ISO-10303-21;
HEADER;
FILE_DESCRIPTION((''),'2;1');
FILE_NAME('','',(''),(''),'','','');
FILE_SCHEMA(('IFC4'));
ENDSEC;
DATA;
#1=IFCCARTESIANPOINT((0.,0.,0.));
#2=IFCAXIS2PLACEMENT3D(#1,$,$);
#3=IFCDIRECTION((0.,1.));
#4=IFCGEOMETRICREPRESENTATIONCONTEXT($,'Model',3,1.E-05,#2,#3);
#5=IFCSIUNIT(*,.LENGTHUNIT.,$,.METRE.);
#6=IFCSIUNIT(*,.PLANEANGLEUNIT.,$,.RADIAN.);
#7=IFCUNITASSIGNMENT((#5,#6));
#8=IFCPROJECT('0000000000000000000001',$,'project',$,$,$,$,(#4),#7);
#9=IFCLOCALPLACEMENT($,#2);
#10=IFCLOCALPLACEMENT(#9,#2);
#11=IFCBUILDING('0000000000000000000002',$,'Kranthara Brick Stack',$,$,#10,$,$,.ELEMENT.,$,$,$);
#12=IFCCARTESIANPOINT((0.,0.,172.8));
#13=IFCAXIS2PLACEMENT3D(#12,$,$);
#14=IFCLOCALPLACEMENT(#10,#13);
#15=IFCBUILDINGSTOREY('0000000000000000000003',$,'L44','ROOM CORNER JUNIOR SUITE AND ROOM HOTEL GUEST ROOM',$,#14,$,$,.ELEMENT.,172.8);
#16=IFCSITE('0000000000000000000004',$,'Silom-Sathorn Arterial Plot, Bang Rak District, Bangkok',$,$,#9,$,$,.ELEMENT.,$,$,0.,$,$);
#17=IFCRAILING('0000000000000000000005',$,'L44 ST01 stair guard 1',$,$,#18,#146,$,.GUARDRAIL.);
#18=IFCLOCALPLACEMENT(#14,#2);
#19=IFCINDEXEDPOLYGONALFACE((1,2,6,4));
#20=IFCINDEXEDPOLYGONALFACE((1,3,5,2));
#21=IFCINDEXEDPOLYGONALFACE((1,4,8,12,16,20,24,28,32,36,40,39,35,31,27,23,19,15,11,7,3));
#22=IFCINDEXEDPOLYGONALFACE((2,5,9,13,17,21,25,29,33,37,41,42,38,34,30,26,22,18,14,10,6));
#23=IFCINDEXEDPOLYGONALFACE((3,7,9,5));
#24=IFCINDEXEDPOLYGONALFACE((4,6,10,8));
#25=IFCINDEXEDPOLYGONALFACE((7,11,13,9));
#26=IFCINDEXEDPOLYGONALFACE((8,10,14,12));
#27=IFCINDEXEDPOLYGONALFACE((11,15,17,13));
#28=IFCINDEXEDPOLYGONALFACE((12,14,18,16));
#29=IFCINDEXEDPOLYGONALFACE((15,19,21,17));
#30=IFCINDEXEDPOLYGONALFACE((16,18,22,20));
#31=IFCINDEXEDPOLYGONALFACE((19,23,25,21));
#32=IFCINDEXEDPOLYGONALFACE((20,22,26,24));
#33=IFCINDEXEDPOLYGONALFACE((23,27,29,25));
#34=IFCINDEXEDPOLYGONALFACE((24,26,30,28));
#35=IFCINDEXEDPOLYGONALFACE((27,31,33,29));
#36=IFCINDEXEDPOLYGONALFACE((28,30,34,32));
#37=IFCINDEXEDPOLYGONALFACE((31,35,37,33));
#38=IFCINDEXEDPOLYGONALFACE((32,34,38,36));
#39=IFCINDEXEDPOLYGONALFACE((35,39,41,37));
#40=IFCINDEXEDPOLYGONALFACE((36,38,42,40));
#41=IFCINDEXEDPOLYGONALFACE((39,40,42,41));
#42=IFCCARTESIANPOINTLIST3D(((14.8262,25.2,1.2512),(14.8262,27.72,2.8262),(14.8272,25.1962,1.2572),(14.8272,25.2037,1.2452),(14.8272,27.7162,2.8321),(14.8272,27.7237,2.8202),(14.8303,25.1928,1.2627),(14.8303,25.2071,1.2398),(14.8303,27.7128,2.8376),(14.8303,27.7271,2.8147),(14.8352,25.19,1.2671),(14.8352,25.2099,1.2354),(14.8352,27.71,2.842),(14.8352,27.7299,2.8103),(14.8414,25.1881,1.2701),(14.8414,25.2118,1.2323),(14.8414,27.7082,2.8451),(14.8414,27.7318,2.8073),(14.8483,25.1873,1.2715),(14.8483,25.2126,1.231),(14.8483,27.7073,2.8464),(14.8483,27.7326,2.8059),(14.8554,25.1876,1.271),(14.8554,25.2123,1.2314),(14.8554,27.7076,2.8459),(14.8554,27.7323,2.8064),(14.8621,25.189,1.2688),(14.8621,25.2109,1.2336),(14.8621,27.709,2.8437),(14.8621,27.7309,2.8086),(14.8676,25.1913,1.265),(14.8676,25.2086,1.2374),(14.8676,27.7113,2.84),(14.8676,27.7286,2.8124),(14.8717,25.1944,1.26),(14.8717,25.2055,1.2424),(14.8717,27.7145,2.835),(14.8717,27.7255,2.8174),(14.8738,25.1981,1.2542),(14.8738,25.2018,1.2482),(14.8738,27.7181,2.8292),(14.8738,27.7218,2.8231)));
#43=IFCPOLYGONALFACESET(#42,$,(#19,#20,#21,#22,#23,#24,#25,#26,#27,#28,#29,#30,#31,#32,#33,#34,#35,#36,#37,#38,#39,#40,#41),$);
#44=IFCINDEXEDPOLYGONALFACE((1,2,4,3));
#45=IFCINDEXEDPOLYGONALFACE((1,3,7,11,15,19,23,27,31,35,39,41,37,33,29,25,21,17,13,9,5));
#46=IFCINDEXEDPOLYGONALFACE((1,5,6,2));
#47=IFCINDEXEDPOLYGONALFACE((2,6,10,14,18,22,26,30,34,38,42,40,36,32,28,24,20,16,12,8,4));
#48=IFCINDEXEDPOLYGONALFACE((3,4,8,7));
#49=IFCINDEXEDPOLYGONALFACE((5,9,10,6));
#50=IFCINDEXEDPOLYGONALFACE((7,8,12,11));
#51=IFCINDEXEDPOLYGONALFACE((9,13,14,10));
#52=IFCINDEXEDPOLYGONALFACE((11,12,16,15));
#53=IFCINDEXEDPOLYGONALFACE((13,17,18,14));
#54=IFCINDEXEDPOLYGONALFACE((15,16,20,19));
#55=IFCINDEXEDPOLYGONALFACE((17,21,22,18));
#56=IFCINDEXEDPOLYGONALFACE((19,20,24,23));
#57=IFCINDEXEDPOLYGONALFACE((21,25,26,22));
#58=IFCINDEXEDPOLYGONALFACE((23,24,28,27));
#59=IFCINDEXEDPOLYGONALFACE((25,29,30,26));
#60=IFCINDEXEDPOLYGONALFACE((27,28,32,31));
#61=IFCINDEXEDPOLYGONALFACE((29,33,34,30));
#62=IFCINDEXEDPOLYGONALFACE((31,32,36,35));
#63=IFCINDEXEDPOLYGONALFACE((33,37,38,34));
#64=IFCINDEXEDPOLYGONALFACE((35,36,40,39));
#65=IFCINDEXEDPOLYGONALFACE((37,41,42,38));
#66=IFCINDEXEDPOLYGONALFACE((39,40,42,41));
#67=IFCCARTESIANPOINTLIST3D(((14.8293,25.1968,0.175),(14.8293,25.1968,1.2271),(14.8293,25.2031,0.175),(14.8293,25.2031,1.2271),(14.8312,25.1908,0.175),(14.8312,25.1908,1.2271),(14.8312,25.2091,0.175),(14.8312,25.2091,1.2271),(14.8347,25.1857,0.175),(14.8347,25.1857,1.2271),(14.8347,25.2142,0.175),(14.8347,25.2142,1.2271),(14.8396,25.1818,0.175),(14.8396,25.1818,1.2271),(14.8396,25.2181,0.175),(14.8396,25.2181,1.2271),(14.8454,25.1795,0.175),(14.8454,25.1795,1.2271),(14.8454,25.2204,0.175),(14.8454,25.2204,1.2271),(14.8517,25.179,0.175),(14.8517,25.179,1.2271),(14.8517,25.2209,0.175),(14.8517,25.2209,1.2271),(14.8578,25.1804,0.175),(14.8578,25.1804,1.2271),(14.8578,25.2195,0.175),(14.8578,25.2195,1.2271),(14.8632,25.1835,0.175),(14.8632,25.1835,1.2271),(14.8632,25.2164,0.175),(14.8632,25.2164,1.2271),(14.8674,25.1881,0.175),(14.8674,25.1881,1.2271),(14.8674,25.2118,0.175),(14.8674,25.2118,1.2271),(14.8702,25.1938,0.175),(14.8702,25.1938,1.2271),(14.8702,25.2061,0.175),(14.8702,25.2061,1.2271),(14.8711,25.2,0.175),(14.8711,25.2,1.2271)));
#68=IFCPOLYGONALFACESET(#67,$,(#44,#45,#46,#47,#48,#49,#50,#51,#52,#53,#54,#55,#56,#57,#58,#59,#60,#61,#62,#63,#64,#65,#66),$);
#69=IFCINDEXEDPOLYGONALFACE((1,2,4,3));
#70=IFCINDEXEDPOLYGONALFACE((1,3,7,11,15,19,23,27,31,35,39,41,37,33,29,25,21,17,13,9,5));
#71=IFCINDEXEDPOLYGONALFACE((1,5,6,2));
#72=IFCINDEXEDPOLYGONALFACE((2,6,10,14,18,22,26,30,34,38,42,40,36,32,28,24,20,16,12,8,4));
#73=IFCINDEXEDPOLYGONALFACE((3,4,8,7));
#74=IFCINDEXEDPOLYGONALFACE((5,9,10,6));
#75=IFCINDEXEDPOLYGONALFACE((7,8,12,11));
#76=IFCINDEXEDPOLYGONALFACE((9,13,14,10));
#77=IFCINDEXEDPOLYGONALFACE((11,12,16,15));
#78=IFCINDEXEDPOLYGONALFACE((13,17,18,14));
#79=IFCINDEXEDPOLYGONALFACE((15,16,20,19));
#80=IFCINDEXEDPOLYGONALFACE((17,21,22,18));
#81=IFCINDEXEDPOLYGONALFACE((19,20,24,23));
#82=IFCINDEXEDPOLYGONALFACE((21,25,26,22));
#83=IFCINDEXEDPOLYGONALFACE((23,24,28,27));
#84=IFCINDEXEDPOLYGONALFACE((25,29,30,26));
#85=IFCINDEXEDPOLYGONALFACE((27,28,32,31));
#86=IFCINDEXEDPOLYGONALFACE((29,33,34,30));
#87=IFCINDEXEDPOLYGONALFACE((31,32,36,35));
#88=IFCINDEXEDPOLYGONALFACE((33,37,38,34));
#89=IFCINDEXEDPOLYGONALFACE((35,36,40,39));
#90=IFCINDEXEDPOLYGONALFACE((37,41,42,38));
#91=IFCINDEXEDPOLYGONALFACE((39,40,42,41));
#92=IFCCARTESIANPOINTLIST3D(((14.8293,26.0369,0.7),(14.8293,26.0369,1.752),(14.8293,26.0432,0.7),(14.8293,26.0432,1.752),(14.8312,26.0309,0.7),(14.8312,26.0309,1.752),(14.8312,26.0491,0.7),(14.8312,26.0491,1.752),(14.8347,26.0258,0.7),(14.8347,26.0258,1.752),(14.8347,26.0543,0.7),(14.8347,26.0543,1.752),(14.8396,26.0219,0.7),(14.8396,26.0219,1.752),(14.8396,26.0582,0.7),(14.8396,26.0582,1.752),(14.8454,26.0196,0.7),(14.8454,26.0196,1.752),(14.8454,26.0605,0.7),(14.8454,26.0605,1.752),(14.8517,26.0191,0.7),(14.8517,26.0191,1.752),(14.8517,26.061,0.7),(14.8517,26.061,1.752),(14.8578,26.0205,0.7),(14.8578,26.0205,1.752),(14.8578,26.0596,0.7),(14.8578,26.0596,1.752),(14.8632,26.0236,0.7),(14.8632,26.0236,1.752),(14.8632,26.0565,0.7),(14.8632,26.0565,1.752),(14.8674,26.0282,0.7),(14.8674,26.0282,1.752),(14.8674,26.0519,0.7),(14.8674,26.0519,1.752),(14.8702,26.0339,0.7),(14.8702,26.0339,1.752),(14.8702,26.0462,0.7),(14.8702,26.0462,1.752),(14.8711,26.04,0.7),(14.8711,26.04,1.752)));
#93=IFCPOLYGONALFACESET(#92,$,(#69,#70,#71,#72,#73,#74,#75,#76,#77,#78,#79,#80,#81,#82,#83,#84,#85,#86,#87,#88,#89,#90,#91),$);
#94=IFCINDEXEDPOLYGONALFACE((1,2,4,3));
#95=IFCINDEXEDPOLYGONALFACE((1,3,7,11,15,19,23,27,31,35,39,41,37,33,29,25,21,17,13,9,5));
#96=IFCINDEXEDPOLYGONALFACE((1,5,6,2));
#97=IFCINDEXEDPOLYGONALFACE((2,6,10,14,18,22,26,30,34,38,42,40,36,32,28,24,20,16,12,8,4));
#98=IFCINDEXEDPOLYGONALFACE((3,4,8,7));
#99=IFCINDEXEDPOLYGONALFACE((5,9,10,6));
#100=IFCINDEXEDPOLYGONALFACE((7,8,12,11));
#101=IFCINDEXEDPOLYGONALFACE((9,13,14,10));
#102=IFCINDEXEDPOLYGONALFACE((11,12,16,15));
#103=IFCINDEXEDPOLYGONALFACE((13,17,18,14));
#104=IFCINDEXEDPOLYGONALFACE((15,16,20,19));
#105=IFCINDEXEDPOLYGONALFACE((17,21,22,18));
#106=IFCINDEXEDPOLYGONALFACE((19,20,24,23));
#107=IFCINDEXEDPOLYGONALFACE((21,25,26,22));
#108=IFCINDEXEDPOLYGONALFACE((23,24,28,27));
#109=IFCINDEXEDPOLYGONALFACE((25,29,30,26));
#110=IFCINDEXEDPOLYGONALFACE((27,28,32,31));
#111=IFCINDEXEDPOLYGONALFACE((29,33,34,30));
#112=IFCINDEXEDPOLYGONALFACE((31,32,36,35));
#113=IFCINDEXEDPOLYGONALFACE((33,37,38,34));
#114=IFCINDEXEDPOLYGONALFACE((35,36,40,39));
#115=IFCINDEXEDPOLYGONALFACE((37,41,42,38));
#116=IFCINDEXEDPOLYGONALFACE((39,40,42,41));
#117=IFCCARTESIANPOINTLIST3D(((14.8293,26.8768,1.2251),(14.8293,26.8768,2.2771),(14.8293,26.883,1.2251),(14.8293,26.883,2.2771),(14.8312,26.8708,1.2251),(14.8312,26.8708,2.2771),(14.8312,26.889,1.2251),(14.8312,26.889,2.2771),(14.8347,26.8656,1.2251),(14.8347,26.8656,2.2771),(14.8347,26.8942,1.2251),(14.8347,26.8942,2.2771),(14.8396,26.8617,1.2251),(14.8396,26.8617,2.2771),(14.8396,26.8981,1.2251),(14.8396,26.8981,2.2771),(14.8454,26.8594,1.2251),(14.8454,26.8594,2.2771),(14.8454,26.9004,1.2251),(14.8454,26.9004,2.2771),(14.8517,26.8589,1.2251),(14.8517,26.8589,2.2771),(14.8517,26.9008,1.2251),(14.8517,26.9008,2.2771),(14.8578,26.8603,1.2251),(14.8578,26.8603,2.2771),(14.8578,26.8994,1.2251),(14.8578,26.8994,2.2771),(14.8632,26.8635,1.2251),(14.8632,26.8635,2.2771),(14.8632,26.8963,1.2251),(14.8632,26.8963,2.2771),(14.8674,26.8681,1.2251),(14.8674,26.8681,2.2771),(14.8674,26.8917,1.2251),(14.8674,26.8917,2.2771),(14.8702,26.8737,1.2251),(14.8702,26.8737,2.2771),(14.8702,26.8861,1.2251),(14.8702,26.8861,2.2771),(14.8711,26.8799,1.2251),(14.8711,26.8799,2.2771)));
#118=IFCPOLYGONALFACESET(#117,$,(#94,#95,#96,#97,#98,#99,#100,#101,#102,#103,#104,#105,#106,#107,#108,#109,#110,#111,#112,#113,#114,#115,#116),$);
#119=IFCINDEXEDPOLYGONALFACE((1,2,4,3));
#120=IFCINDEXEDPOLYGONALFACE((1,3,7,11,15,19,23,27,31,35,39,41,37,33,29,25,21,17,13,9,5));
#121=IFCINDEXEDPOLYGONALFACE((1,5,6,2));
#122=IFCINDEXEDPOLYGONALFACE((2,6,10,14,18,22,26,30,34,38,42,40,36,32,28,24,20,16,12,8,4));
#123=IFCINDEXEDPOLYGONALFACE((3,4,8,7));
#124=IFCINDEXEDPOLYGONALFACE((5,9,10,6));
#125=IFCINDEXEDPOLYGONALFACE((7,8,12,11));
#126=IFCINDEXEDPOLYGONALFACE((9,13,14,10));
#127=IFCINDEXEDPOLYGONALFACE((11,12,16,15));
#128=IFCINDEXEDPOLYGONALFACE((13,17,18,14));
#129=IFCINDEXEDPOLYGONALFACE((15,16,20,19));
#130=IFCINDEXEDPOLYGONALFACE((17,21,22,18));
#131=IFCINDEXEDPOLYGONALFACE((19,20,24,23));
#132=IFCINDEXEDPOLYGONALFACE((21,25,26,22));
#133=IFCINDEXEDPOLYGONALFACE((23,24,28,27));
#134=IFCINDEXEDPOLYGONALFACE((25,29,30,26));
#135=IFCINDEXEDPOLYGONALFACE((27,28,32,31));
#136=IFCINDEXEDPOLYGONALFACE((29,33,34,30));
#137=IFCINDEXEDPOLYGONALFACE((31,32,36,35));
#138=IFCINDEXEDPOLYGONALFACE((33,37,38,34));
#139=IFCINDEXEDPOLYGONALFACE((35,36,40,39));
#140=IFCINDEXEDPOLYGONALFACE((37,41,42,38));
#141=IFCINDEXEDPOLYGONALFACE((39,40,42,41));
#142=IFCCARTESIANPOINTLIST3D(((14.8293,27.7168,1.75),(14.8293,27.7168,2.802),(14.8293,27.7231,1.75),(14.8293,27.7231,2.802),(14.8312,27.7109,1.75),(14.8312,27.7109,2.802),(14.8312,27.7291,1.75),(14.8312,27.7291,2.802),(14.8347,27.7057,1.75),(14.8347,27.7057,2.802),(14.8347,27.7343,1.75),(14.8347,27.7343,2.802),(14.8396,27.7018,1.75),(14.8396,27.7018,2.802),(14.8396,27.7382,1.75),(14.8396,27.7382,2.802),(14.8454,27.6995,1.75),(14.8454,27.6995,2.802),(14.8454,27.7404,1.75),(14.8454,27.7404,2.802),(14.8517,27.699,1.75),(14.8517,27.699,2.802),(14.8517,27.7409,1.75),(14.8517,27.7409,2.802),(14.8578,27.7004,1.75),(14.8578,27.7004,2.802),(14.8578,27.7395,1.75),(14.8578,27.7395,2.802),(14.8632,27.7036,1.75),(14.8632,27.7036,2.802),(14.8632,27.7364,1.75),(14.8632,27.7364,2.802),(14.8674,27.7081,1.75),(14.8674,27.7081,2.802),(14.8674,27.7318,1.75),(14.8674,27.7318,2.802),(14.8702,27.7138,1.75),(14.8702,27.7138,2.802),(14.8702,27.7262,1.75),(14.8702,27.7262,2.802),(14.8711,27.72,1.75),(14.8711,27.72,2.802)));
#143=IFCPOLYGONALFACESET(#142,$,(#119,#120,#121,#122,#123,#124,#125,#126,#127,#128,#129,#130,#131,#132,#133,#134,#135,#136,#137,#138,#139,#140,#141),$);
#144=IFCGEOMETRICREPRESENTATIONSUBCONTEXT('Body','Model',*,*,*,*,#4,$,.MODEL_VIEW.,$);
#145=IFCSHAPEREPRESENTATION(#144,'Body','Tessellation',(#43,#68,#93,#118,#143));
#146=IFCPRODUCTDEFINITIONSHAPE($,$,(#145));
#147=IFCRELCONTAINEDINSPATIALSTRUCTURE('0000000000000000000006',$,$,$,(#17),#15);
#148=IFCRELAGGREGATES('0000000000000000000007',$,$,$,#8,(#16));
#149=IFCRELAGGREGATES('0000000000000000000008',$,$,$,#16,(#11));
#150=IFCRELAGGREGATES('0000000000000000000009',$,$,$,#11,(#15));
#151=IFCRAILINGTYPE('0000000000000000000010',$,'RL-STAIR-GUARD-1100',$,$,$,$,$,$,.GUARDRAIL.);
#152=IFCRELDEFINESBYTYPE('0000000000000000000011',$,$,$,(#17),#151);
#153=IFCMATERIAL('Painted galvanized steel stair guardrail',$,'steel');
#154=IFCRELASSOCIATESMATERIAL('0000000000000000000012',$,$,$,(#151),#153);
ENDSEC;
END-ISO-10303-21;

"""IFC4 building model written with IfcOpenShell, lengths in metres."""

from ifc_helpers import new_model, si_unit, direction, frame, origin, origin_2d, place, context, subcontext, project, spatial, circle, extrude, material, type_object, element, save


model = new_model("IFC4")

# Units and contexts
model_context = context("Model", 3, precision=1e-05, world=origin(), true_north=direction((0.0, 1.0)))
body_context = subcontext(model_context, "Body", "Model", "MODEL_VIEW")
ifc_project = project(units=[si_unit("LENGTHUNIT", "METRE"), si_unit("PLANEANGLEUNIT", "RADIAN")], contexts=[model_context])

# Site, building, storey
site_placement = place(None, origin())
site = spatial("IfcSite", under=ifc_project, at=site_placement, Name="Silom-Sathorn Arterial Plot, Bang Rak District, Bangkok", CompositionType="ELEMENT", RefElevation=0.0)
building_placement = place(site_placement, origin())
building = spatial("IfcBuilding", under=site, at=building_placement, Name="Kranthara Brick Stack", CompositionType="ELEMENT")
storey_placement = place(building_placement, frame((0.0, 0.0, 172.8)))
storey = spatial("IfcBuildingStorey", under=building, at=storey_placement, Name="L44", Description="ROOM CORNER JUNIOR SUITE AND ROOM HOTEL GUEST ROOM", CompositionType="ELEMENT", Elevation=172.8)

# Railing
ifc_material_1 = material(Name="Painted galvanized steel stair guardrail", Category="steel")
railing_type_1 = type_object("IfcRailingType", Name="RL-STAIR-GUARD-1100", PredefinedType="GUARDRAIL", material=ifc_material_1)
railing_1_placement = place(storey_placement, frame((14.8501, 25.2, 0.175)))
element("IfcRailing", 1, at=railing_1_placement, inside=storey, type_object=railing_type_1, Name="L44 ST01 stair guard 1", PredefinedType="GUARDRAIL", context=body_context, shape_type="SweptSolid", body=[
    extrude(circle(Radius=0.0239, at=origin_2d()), frame((0.0, 0.0, 1.0762), z_axis=(0.0, 0.848008, 0.529984), x_axis=(-1.0, 0.0, 0.0)), (0.0, 0.0, 1.0), 2.9717),
    extrude(circle(Radius=0.021, at=origin_2d()), origin(), (0.0, 0.0, 1.0), 1.052),
    extrude(circle(Radius=0.021, at=origin_2d()), frame((0.0, 0.8401, 0.5249)), (0.0, 0.0, 1.0), 1.052),
    extrude(circle(Radius=0.021, at=origin_2d()), frame((0.0, 1.6799, 1.05)), (0.0, 0.0, 1.0), 1.052),
    extrude(circle(Radius=0.021, at=origin_2d()), frame((0.0, 2.52, 1.575)), (0.0, 0.0, 1.0), 1.052),
])

save(model, "model.ifc")
